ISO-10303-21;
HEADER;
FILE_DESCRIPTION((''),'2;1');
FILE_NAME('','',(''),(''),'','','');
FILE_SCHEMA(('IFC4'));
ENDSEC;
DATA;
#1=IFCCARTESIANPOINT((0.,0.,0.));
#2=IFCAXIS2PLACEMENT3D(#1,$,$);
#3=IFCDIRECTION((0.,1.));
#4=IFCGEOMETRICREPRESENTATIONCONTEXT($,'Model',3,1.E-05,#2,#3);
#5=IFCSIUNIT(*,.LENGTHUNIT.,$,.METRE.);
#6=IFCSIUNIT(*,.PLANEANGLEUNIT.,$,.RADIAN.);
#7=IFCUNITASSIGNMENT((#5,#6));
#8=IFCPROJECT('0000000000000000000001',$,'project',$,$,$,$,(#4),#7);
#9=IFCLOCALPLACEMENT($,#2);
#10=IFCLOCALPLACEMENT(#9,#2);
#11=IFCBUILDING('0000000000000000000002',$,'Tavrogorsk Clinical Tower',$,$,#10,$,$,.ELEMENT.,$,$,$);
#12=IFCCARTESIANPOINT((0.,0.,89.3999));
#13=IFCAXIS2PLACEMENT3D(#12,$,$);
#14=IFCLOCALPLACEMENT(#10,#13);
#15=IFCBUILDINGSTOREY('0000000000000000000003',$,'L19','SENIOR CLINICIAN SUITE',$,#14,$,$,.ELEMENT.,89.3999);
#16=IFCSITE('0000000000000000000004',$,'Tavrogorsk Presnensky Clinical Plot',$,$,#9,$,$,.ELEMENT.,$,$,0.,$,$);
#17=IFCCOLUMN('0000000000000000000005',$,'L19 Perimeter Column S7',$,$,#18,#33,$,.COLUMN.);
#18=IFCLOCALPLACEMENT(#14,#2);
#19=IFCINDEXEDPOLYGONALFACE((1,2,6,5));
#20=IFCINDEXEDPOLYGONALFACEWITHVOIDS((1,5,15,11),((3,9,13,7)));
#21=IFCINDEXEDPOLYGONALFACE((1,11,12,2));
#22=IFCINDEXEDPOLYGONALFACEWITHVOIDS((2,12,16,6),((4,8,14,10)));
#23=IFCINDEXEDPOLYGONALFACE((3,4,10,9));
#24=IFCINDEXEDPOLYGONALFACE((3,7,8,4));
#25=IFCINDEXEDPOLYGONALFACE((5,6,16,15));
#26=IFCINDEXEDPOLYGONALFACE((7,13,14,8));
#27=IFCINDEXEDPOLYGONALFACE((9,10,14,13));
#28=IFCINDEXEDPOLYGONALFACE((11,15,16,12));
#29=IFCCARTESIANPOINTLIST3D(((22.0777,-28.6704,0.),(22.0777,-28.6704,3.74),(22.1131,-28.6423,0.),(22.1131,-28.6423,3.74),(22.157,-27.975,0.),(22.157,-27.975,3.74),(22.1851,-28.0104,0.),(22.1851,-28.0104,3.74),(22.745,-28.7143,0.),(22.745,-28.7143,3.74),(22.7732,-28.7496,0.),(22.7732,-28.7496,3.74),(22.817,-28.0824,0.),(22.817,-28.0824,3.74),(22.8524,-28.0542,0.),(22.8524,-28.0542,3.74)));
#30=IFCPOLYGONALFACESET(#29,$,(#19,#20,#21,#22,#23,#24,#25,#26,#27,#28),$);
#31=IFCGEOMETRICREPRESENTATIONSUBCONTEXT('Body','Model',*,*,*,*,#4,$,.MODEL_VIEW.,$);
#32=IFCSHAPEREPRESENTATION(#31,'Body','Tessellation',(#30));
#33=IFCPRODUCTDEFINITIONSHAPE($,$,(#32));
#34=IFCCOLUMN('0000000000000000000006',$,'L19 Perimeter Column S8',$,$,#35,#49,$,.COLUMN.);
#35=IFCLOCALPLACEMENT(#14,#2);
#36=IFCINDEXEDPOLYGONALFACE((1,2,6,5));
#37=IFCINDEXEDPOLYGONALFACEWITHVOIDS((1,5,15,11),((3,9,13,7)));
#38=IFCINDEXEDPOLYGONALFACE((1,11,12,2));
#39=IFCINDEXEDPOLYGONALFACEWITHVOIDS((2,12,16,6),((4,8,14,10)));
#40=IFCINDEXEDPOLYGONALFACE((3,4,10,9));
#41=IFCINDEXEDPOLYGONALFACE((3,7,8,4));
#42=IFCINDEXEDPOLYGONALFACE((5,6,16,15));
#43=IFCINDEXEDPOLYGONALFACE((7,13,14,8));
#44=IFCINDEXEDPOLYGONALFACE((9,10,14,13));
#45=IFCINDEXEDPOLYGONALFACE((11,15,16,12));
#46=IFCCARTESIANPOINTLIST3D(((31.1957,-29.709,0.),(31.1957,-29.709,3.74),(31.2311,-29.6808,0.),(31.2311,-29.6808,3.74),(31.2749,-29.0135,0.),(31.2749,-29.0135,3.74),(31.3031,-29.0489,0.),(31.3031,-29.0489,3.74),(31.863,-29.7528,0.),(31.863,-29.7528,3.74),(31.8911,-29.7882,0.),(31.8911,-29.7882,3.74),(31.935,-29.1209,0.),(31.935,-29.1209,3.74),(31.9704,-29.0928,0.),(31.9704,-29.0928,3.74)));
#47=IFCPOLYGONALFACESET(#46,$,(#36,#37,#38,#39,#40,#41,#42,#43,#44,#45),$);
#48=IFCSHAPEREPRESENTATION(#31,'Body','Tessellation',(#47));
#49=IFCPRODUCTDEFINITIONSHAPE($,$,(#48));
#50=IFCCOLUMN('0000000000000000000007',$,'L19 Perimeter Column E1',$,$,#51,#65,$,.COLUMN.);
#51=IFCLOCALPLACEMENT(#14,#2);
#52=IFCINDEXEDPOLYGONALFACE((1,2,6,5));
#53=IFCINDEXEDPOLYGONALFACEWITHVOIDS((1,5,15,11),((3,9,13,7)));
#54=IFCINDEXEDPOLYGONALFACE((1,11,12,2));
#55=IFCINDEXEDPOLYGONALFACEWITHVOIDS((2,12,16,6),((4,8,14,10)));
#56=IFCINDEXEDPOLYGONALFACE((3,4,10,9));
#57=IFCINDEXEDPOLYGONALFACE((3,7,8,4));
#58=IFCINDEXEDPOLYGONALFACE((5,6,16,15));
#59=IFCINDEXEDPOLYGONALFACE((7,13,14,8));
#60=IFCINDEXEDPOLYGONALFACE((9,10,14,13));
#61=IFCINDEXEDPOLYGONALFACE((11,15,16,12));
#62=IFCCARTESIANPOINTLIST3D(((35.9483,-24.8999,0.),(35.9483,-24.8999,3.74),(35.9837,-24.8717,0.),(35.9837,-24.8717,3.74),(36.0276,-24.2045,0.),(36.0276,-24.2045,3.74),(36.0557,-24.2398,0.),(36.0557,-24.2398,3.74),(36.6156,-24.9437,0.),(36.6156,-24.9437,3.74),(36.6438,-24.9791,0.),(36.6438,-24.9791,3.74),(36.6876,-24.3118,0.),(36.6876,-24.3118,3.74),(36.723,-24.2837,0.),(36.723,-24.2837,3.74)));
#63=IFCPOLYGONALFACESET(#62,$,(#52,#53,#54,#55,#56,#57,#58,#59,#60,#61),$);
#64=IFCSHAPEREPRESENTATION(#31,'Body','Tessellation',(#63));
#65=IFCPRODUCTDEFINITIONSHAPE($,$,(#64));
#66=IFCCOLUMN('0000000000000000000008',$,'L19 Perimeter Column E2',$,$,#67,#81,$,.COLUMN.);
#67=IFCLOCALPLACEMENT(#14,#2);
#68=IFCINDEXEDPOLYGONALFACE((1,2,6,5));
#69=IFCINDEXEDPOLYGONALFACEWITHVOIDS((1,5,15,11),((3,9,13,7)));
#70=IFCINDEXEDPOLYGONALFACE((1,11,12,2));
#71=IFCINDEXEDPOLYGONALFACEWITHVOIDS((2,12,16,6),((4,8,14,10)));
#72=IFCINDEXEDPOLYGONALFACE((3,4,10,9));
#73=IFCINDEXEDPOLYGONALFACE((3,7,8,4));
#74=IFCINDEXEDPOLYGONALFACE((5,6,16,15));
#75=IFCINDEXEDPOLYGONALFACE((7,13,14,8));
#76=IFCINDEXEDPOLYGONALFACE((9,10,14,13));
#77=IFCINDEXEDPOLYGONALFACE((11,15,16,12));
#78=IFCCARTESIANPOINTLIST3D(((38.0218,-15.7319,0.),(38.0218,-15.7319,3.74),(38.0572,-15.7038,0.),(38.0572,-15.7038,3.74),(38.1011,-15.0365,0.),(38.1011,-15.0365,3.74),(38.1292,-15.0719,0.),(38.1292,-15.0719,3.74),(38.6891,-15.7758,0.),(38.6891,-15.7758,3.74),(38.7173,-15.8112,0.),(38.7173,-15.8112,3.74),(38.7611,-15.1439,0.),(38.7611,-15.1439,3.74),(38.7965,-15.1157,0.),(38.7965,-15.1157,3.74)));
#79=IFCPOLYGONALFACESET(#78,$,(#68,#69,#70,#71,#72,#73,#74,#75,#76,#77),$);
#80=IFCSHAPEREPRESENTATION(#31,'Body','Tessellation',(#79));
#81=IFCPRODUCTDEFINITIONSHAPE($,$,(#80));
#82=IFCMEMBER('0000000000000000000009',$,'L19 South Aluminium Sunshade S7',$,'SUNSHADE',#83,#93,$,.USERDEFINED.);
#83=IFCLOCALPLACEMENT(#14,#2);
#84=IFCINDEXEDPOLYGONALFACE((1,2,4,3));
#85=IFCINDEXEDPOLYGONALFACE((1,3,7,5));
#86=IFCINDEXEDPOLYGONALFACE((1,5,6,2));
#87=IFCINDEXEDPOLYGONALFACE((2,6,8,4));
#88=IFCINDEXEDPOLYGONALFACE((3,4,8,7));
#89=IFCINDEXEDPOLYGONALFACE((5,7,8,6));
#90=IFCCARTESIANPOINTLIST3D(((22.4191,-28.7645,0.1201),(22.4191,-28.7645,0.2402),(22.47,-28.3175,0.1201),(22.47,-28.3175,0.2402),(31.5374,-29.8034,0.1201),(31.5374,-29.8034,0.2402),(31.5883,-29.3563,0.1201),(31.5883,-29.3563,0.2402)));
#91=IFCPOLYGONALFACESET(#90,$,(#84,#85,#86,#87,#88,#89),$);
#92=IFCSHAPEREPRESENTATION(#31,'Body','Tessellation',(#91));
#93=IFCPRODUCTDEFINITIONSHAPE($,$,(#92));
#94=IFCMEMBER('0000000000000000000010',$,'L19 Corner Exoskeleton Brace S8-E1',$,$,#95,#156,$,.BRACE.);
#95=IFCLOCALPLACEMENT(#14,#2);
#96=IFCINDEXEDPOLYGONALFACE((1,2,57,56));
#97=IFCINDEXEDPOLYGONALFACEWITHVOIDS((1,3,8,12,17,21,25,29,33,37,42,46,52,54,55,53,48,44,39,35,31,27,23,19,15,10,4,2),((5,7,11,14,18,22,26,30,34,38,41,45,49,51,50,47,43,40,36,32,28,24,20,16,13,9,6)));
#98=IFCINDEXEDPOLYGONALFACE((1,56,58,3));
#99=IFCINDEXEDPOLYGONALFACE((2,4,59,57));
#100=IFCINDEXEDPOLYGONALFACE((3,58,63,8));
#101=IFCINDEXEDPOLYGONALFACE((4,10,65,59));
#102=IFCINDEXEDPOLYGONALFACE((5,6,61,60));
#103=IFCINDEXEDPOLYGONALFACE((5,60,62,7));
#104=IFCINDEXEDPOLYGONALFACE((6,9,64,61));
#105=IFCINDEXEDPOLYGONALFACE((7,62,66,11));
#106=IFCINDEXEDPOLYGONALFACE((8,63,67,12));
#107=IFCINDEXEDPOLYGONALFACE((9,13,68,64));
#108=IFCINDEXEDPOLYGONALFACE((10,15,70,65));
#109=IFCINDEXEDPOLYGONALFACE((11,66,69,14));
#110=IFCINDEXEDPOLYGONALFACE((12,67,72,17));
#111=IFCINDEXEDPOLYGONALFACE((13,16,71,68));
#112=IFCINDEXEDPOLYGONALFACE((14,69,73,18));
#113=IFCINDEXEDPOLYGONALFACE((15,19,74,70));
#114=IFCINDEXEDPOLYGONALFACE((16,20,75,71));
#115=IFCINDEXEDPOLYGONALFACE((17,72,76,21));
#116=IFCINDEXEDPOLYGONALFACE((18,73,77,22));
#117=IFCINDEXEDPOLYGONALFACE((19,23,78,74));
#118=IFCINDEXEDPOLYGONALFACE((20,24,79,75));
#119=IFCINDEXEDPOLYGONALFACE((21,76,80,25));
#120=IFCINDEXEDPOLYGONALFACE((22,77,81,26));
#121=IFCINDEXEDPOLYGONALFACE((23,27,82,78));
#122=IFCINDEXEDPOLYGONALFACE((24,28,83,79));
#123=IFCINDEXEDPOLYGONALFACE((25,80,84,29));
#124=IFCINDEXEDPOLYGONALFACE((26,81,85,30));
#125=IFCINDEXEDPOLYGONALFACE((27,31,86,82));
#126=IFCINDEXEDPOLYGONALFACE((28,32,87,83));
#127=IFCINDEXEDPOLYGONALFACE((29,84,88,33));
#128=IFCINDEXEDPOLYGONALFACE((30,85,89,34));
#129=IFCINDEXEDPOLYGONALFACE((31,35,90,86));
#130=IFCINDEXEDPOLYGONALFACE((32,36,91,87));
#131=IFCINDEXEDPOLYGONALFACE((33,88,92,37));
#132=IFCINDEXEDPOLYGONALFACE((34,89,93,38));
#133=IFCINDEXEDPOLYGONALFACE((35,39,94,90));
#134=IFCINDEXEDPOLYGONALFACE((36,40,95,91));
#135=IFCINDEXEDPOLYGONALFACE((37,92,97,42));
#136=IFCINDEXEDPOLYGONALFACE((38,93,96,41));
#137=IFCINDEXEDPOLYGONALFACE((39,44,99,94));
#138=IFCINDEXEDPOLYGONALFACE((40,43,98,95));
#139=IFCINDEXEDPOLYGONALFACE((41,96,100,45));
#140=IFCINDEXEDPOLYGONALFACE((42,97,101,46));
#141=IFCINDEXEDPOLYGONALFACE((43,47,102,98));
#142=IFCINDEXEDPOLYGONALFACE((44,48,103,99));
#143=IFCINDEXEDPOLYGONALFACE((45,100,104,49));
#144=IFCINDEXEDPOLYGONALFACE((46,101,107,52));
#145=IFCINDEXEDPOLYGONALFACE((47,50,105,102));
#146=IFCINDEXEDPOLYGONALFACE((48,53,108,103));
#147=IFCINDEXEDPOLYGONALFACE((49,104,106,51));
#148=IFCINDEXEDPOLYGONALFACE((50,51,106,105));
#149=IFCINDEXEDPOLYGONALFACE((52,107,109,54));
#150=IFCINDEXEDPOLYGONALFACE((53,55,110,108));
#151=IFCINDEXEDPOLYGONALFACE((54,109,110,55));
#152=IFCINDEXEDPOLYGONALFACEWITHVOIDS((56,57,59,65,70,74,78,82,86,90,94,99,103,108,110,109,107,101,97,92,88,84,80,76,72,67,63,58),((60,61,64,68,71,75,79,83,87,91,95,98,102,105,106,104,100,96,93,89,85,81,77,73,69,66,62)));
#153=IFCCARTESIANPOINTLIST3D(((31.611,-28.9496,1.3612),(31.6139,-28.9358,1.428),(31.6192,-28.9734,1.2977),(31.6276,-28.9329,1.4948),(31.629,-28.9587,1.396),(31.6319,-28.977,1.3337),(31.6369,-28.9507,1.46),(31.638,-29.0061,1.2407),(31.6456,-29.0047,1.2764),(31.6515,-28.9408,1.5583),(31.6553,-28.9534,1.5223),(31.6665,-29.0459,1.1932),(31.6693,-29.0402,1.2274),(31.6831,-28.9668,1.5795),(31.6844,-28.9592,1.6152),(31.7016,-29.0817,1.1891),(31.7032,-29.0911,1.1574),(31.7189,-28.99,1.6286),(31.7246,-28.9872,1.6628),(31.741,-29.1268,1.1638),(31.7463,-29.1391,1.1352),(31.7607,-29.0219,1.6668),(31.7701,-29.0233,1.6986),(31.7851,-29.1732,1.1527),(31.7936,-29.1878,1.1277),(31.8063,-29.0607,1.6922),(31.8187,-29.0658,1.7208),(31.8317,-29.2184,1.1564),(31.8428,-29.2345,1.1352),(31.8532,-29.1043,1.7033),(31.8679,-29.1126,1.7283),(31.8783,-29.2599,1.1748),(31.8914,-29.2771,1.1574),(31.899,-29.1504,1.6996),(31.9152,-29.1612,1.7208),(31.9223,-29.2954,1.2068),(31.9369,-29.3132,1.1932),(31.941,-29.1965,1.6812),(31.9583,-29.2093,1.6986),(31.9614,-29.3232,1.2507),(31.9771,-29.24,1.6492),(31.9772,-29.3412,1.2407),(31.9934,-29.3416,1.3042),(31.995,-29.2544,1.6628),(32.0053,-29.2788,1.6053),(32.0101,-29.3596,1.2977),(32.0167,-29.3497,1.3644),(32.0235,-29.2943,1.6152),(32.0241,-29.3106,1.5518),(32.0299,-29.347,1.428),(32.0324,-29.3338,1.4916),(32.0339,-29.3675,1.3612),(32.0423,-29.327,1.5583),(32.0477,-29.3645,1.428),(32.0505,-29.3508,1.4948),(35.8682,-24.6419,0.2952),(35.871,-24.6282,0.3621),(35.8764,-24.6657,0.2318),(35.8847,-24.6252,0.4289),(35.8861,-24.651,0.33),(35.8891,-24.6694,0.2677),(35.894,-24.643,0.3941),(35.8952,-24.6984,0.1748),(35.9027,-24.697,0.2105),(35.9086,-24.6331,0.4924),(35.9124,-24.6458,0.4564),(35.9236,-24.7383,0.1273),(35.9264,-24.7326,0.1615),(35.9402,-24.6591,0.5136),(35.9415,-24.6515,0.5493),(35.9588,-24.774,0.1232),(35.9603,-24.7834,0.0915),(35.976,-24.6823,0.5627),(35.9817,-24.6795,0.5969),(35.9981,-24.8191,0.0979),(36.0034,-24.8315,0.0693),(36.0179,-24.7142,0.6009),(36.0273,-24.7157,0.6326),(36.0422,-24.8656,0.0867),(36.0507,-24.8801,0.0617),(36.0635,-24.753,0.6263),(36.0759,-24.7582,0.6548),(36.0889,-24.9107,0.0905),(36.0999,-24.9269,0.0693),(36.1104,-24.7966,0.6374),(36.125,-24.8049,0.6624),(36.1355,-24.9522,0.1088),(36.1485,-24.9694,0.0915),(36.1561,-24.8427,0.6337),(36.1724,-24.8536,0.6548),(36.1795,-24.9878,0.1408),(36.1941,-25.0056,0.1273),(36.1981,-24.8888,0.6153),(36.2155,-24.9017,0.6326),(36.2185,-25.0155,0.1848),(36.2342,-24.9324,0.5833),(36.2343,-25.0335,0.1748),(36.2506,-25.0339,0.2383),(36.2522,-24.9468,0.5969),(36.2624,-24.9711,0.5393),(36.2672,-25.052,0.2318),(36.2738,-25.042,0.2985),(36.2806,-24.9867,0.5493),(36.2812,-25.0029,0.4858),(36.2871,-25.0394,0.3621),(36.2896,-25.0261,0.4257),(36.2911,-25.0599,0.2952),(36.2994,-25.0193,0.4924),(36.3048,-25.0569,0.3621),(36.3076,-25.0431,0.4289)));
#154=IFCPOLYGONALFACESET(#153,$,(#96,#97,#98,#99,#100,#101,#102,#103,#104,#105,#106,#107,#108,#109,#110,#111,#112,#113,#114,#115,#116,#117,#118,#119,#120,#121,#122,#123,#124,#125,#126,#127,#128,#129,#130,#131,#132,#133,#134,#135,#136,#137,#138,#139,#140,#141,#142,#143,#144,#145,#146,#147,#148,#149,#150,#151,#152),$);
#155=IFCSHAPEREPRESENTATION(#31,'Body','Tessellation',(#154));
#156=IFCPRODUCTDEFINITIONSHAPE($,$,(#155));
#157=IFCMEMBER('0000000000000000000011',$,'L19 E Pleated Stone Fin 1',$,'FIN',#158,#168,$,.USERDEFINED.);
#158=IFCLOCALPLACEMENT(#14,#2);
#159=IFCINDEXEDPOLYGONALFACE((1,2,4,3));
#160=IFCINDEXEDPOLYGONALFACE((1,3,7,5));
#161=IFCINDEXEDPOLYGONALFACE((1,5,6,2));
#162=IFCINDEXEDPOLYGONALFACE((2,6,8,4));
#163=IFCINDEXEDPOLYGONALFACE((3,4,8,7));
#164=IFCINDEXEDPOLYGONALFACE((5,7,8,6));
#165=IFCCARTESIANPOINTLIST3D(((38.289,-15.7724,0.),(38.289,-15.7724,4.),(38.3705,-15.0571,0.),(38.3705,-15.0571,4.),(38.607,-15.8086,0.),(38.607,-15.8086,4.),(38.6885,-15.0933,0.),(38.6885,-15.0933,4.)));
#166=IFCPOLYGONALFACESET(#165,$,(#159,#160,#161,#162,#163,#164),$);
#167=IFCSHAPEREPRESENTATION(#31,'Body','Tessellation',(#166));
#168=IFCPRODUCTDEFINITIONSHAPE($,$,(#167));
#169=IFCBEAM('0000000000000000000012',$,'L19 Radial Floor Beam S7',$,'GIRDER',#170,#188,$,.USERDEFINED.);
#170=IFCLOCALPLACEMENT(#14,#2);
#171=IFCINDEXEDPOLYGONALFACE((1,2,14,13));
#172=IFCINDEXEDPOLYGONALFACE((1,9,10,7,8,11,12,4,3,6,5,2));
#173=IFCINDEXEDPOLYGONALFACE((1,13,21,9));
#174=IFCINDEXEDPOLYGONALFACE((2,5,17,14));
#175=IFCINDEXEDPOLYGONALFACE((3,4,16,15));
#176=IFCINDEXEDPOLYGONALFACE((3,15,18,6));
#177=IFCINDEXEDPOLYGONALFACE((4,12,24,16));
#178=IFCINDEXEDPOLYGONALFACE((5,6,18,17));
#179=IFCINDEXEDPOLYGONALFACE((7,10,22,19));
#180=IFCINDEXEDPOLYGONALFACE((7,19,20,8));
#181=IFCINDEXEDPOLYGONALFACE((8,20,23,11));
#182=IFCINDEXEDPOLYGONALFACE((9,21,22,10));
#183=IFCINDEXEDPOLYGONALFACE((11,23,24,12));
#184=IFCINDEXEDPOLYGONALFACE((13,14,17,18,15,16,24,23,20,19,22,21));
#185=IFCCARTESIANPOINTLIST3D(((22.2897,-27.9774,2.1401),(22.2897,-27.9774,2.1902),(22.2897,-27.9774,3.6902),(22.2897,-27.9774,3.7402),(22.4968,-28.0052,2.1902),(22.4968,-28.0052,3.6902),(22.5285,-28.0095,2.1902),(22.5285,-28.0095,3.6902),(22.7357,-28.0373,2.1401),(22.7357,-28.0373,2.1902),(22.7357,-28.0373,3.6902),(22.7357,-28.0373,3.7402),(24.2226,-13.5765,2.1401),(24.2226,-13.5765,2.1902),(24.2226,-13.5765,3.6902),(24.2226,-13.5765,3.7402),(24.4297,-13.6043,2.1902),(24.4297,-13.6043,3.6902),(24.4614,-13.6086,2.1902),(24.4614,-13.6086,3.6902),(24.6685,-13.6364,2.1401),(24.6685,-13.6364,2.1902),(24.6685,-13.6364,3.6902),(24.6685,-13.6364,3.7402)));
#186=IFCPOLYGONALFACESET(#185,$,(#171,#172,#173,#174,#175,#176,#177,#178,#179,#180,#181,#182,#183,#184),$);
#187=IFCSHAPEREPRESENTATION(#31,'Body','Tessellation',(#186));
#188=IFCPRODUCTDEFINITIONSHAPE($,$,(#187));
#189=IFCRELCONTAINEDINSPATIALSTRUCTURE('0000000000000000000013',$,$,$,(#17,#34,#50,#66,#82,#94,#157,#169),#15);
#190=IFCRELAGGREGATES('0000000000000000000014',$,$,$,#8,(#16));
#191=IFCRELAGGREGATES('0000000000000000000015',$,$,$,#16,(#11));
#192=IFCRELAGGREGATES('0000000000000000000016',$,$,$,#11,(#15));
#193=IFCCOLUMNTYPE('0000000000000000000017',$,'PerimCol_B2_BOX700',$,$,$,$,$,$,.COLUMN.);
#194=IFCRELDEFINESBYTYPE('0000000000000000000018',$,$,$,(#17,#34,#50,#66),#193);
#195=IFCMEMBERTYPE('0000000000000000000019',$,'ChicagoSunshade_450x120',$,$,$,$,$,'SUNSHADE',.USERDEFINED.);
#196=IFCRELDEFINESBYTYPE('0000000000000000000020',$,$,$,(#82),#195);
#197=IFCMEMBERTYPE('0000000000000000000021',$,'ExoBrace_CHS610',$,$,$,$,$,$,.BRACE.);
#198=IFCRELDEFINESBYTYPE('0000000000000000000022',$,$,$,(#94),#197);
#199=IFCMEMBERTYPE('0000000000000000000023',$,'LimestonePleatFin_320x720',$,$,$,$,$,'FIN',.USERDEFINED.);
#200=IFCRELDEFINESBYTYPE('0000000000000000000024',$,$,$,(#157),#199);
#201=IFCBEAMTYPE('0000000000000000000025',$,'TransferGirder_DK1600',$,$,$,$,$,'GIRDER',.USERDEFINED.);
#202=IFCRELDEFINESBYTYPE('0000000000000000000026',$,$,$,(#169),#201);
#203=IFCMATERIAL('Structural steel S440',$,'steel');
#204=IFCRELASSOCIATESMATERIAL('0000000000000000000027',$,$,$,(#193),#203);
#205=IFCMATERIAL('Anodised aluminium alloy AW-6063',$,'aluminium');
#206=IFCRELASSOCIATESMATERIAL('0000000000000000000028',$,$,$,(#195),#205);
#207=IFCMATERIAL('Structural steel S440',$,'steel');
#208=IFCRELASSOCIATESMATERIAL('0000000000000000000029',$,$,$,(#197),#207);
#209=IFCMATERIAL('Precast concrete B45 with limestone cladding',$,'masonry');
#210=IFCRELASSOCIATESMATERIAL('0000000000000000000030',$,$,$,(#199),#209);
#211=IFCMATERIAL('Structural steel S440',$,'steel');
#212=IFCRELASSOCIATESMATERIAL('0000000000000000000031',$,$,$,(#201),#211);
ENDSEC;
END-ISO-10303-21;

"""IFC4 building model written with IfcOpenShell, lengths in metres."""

from ifc_helpers import new_model, si_unit, direction, frame, origin, origin_2d, place, context, subcontext, project, spatial, rectangle, hollow_rectangle, hollow_circle, i_section, extrude, material, material_profile, profile_set, type_object, element, save


model = new_model("IFC4")

# Units and contexts
model_context = context("Model", 3, precision=1e-05, world=origin(), true_north=direction((0.0, 1.0)))
body_context = subcontext(model_context, "Body", "Model", "MODEL_VIEW")
ifc_project = project(units=[si_unit("LENGTHUNIT", "METRE"), si_unit("PLANEANGLEUNIT", "RADIAN")], contexts=[model_context])

# Site, building, storey
site_placement = place(None, origin())
site = spatial("IfcSite", under=ifc_project, at=site_placement, Name="Tavrogorsk Presnensky Clinical Plot", CompositionType="ELEMENT", RefElevation=0.0)
building_placement = place(site_placement, origin())
building = spatial("IfcBuilding", under=site, at=building_placement, Name="Tavrogorsk Clinical Tower", CompositionType="ELEMENT")
storey_placement = place(building_placement, frame((0.0, 0.0, 89.3999)))
storey = spatial("IfcBuildingStorey", under=building, at=storey_placement, Name="L19", Description="SENIOR CLINICIAN SUITE", CompositionType="ELEMENT", Elevation=89.3999)

# Columns
ifc_material_1 = material(Name="Structural steel S440", Category="steel")
ifc_material_profile_1 = material_profile(ifc_material_1, hollow_rectangle(XDim=0.7, YDim=0.7, WallThickness=0.032, at=origin_2d()), Name="BOX-700x700x32")
ifc_profile_set_1 = profile_set([ifc_material_profile_1], Name="Structural steel S440")
column_type = type_object("IfcColumnType", Name="PerimCol_B2_BOX700", PredefinedType="COLUMN", material=ifc_profile_set_1)
for number, where, z_axis, x_axis, name in (
    (1, (22.4651, -28.3623, 0.0), (0.0, 0.0, 1.0), (0.993572, -0.113203, 0.0), "L19 Perimeter Column S7"),
    (2, (31.583, -29.4009, 0.0), (0.0, 0.0, 1.0), (0.993572, -0.113203, 0.0), "L19 Perimeter Column S8"),
    (3, (36.3357, -24.5918, 0.0), (0.0, 0.0, 1.0), (0.993572, -0.113203, 0.0), "L19 Perimeter Column E1"),
    (4, (38.4092, -15.4238, 0.0), (0.0, 0.0, 1.0), (0.993572, -0.113203, 0.0), "L19 Perimeter Column E2"),
):
    element("IfcColumn", number, at=place(storey_placement, frame(where, z_axis=z_axis, x_axis=x_axis)), inside=storey, type_object=column_type, Name=name, PredefinedType="COLUMN", context=body_context, shape_type="SweptSolid", body=[
        extrude(hollow_rectangle(XDim=0.7, YDim=0.7, WallThickness=0.032, at=origin_2d()), origin(), (0.0, 0.0, 1.0), 3.74),
    ])

# Members
ifc_material_2 = material(Name="Anodised aluminium alloy AW-6063", Category="aluminium")
ifc_material_profile_2 = material_profile(ifc_material_2, rectangle(XDim=0.45, YDim=0.1201, at=origin_2d()), Name="ALU-SUNSHADE-450x120")
ifc_profile_set_2 = profile_set([ifc_material_profile_2], Name="Anodised aluminium alloy AW-6063")
member_type_1 = type_object("IfcMemberType", Name="ChicagoSunshade_450x120", ElementType="SUNSHADE", PredefinedType="USERDEFINED", material=ifc_profile_set_2)
member_1_placement = place(storey_placement, frame((22.4446, -28.541, 0.1802), z_axis=(0.993573, -0.113196, 0.0), x_axis=(0.113196, 0.993573, 0.0)))
element("IfcMember", 5, at=member_1_placement, inside=storey, type_object=member_type_1, Name="L19 South Aluminium Sunshade S7", ObjectType="SUNSHADE", PredefinedType="USERDEFINED", context=body_context, shape_type="SweptSolid", body=[
    extrude(rectangle(XDim=0.45, YDim=0.1201, at=origin_2d()), origin(), (0.0, 0.0, 1.0), 9.1772),
])
ifc_material_3 = material(Name="Structural steel S440", Category="steel")
ifc_material_profile_3 = material_profile(ifc_material_3, hollow_circle(Radius=0.3049, WallThickness=0.0249, at=origin_2d()), Name="CHS-610x25")
ifc_profile_set_3 = profile_set([ifc_material_profile_3], Name="Structural steel S440")
member_type_2 = type_object("IfcMemberType", Name="ExoBrace_CHS610", PredefinedType="BRACE", material=ifc_profile_set_3)
member_2_placement = place(storey_placement, frame((36.0879, -24.8425, 0.3621), z_axis=(-0.692282, -0.7005, 0.173338), x_axis=(0.711267, -0.702922, 0.0)))
element("IfcMember", 6, at=member_2_placement, inside=storey, type_object=member_type_2, Name="L19 Corner Exoskeleton Brace S8-E1", PredefinedType="BRACE", context=body_context, shape_type="SweptSolid", body=[
    extrude(hollow_circle(Radius=0.3049, WallThickness=0.0249, at=origin_2d()), origin(), (0.0, 0.0, 1.0), 6.1494),
])
ifc_material_4 = material(Name="Precast concrete B45 with limestone cladding", Category="masonry")
ifc_material_profile_4 = material_profile(ifc_material_4, rectangle(XDim=0.3201, YDim=0.72, at=origin_2d()), Name="LIMESTONE-FIN-320x720")
ifc_profile_set_4 = profile_set([ifc_material_profile_4], Name="Precast concrete B45 with limestone cladding")
member_type_3 = type_object("IfcMemberType", Name="LimestonePleatFin_320x720", ElementType="FIN", PredefinedType="USERDEFINED", material=ifc_profile_set_4)
member_3_placement = place(storey_placement, frame((38.4888, -15.4329, 0.0), z_axis=(0.0, 0.0, 1.0), x_axis=(0.993572, -0.113203, 0.0)))
element("IfcMember", 7, at=member_3_placement, inside=storey, type_object=member_type_3, Name="L19 E Pleated Stone Fin 1", ObjectType="FIN", PredefinedType="USERDEFINED", context=body_context, shape_type="SweptSolid", body=[
    extrude(rectangle(XDim=0.3201, YDim=0.72, at=origin_2d()), origin(), (0.0, 0.0, 1.0), 4.0),
])

# Beam
ifc_material_5 = material(Name="Structural steel S440", Category="steel")
ifc_material_profile_5 = material_profile(ifc_material_5, i_section(OverallWidth=0.45, OverallDepth=1.6001, WebThickness=0.032, FlangeThickness=0.05, at=origin_2d()), Name="DK-1600x450x32x50")
ifc_profile_set_5 = profile_set([ifc_material_profile_5], Name="Structural steel S440")
beam_type_1 = type_object("IfcBeamType", Name="TransferGirder_DK1600", ElementType="GIRDER", PredefinedType="USERDEFINED", material=ifc_profile_set_5)
beam_1_placement = place(storey_placement, frame((24.4456, -13.6064, 2.9402), z_axis=(-0.133025, -0.991113, 0.0), x_axis=(0.991113, -0.133025, 0.0)))
element("IfcBeam", 8, at=beam_1_placement, inside=storey, type_object=beam_type_1, Name="L19 Radial Floor Beam S7", ObjectType="GIRDER", PredefinedType="USERDEFINED", context=body_context, shape_type="SweptSolid", body=[
    extrude(i_section(OverallWidth=0.45, OverallDepth=1.6001, WebThickness=0.032, FlangeThickness=0.05, at=origin_2d()), origin(), (0.0, 0.0, 1.0), 14.53),
])

save(model, "model.ifc")
